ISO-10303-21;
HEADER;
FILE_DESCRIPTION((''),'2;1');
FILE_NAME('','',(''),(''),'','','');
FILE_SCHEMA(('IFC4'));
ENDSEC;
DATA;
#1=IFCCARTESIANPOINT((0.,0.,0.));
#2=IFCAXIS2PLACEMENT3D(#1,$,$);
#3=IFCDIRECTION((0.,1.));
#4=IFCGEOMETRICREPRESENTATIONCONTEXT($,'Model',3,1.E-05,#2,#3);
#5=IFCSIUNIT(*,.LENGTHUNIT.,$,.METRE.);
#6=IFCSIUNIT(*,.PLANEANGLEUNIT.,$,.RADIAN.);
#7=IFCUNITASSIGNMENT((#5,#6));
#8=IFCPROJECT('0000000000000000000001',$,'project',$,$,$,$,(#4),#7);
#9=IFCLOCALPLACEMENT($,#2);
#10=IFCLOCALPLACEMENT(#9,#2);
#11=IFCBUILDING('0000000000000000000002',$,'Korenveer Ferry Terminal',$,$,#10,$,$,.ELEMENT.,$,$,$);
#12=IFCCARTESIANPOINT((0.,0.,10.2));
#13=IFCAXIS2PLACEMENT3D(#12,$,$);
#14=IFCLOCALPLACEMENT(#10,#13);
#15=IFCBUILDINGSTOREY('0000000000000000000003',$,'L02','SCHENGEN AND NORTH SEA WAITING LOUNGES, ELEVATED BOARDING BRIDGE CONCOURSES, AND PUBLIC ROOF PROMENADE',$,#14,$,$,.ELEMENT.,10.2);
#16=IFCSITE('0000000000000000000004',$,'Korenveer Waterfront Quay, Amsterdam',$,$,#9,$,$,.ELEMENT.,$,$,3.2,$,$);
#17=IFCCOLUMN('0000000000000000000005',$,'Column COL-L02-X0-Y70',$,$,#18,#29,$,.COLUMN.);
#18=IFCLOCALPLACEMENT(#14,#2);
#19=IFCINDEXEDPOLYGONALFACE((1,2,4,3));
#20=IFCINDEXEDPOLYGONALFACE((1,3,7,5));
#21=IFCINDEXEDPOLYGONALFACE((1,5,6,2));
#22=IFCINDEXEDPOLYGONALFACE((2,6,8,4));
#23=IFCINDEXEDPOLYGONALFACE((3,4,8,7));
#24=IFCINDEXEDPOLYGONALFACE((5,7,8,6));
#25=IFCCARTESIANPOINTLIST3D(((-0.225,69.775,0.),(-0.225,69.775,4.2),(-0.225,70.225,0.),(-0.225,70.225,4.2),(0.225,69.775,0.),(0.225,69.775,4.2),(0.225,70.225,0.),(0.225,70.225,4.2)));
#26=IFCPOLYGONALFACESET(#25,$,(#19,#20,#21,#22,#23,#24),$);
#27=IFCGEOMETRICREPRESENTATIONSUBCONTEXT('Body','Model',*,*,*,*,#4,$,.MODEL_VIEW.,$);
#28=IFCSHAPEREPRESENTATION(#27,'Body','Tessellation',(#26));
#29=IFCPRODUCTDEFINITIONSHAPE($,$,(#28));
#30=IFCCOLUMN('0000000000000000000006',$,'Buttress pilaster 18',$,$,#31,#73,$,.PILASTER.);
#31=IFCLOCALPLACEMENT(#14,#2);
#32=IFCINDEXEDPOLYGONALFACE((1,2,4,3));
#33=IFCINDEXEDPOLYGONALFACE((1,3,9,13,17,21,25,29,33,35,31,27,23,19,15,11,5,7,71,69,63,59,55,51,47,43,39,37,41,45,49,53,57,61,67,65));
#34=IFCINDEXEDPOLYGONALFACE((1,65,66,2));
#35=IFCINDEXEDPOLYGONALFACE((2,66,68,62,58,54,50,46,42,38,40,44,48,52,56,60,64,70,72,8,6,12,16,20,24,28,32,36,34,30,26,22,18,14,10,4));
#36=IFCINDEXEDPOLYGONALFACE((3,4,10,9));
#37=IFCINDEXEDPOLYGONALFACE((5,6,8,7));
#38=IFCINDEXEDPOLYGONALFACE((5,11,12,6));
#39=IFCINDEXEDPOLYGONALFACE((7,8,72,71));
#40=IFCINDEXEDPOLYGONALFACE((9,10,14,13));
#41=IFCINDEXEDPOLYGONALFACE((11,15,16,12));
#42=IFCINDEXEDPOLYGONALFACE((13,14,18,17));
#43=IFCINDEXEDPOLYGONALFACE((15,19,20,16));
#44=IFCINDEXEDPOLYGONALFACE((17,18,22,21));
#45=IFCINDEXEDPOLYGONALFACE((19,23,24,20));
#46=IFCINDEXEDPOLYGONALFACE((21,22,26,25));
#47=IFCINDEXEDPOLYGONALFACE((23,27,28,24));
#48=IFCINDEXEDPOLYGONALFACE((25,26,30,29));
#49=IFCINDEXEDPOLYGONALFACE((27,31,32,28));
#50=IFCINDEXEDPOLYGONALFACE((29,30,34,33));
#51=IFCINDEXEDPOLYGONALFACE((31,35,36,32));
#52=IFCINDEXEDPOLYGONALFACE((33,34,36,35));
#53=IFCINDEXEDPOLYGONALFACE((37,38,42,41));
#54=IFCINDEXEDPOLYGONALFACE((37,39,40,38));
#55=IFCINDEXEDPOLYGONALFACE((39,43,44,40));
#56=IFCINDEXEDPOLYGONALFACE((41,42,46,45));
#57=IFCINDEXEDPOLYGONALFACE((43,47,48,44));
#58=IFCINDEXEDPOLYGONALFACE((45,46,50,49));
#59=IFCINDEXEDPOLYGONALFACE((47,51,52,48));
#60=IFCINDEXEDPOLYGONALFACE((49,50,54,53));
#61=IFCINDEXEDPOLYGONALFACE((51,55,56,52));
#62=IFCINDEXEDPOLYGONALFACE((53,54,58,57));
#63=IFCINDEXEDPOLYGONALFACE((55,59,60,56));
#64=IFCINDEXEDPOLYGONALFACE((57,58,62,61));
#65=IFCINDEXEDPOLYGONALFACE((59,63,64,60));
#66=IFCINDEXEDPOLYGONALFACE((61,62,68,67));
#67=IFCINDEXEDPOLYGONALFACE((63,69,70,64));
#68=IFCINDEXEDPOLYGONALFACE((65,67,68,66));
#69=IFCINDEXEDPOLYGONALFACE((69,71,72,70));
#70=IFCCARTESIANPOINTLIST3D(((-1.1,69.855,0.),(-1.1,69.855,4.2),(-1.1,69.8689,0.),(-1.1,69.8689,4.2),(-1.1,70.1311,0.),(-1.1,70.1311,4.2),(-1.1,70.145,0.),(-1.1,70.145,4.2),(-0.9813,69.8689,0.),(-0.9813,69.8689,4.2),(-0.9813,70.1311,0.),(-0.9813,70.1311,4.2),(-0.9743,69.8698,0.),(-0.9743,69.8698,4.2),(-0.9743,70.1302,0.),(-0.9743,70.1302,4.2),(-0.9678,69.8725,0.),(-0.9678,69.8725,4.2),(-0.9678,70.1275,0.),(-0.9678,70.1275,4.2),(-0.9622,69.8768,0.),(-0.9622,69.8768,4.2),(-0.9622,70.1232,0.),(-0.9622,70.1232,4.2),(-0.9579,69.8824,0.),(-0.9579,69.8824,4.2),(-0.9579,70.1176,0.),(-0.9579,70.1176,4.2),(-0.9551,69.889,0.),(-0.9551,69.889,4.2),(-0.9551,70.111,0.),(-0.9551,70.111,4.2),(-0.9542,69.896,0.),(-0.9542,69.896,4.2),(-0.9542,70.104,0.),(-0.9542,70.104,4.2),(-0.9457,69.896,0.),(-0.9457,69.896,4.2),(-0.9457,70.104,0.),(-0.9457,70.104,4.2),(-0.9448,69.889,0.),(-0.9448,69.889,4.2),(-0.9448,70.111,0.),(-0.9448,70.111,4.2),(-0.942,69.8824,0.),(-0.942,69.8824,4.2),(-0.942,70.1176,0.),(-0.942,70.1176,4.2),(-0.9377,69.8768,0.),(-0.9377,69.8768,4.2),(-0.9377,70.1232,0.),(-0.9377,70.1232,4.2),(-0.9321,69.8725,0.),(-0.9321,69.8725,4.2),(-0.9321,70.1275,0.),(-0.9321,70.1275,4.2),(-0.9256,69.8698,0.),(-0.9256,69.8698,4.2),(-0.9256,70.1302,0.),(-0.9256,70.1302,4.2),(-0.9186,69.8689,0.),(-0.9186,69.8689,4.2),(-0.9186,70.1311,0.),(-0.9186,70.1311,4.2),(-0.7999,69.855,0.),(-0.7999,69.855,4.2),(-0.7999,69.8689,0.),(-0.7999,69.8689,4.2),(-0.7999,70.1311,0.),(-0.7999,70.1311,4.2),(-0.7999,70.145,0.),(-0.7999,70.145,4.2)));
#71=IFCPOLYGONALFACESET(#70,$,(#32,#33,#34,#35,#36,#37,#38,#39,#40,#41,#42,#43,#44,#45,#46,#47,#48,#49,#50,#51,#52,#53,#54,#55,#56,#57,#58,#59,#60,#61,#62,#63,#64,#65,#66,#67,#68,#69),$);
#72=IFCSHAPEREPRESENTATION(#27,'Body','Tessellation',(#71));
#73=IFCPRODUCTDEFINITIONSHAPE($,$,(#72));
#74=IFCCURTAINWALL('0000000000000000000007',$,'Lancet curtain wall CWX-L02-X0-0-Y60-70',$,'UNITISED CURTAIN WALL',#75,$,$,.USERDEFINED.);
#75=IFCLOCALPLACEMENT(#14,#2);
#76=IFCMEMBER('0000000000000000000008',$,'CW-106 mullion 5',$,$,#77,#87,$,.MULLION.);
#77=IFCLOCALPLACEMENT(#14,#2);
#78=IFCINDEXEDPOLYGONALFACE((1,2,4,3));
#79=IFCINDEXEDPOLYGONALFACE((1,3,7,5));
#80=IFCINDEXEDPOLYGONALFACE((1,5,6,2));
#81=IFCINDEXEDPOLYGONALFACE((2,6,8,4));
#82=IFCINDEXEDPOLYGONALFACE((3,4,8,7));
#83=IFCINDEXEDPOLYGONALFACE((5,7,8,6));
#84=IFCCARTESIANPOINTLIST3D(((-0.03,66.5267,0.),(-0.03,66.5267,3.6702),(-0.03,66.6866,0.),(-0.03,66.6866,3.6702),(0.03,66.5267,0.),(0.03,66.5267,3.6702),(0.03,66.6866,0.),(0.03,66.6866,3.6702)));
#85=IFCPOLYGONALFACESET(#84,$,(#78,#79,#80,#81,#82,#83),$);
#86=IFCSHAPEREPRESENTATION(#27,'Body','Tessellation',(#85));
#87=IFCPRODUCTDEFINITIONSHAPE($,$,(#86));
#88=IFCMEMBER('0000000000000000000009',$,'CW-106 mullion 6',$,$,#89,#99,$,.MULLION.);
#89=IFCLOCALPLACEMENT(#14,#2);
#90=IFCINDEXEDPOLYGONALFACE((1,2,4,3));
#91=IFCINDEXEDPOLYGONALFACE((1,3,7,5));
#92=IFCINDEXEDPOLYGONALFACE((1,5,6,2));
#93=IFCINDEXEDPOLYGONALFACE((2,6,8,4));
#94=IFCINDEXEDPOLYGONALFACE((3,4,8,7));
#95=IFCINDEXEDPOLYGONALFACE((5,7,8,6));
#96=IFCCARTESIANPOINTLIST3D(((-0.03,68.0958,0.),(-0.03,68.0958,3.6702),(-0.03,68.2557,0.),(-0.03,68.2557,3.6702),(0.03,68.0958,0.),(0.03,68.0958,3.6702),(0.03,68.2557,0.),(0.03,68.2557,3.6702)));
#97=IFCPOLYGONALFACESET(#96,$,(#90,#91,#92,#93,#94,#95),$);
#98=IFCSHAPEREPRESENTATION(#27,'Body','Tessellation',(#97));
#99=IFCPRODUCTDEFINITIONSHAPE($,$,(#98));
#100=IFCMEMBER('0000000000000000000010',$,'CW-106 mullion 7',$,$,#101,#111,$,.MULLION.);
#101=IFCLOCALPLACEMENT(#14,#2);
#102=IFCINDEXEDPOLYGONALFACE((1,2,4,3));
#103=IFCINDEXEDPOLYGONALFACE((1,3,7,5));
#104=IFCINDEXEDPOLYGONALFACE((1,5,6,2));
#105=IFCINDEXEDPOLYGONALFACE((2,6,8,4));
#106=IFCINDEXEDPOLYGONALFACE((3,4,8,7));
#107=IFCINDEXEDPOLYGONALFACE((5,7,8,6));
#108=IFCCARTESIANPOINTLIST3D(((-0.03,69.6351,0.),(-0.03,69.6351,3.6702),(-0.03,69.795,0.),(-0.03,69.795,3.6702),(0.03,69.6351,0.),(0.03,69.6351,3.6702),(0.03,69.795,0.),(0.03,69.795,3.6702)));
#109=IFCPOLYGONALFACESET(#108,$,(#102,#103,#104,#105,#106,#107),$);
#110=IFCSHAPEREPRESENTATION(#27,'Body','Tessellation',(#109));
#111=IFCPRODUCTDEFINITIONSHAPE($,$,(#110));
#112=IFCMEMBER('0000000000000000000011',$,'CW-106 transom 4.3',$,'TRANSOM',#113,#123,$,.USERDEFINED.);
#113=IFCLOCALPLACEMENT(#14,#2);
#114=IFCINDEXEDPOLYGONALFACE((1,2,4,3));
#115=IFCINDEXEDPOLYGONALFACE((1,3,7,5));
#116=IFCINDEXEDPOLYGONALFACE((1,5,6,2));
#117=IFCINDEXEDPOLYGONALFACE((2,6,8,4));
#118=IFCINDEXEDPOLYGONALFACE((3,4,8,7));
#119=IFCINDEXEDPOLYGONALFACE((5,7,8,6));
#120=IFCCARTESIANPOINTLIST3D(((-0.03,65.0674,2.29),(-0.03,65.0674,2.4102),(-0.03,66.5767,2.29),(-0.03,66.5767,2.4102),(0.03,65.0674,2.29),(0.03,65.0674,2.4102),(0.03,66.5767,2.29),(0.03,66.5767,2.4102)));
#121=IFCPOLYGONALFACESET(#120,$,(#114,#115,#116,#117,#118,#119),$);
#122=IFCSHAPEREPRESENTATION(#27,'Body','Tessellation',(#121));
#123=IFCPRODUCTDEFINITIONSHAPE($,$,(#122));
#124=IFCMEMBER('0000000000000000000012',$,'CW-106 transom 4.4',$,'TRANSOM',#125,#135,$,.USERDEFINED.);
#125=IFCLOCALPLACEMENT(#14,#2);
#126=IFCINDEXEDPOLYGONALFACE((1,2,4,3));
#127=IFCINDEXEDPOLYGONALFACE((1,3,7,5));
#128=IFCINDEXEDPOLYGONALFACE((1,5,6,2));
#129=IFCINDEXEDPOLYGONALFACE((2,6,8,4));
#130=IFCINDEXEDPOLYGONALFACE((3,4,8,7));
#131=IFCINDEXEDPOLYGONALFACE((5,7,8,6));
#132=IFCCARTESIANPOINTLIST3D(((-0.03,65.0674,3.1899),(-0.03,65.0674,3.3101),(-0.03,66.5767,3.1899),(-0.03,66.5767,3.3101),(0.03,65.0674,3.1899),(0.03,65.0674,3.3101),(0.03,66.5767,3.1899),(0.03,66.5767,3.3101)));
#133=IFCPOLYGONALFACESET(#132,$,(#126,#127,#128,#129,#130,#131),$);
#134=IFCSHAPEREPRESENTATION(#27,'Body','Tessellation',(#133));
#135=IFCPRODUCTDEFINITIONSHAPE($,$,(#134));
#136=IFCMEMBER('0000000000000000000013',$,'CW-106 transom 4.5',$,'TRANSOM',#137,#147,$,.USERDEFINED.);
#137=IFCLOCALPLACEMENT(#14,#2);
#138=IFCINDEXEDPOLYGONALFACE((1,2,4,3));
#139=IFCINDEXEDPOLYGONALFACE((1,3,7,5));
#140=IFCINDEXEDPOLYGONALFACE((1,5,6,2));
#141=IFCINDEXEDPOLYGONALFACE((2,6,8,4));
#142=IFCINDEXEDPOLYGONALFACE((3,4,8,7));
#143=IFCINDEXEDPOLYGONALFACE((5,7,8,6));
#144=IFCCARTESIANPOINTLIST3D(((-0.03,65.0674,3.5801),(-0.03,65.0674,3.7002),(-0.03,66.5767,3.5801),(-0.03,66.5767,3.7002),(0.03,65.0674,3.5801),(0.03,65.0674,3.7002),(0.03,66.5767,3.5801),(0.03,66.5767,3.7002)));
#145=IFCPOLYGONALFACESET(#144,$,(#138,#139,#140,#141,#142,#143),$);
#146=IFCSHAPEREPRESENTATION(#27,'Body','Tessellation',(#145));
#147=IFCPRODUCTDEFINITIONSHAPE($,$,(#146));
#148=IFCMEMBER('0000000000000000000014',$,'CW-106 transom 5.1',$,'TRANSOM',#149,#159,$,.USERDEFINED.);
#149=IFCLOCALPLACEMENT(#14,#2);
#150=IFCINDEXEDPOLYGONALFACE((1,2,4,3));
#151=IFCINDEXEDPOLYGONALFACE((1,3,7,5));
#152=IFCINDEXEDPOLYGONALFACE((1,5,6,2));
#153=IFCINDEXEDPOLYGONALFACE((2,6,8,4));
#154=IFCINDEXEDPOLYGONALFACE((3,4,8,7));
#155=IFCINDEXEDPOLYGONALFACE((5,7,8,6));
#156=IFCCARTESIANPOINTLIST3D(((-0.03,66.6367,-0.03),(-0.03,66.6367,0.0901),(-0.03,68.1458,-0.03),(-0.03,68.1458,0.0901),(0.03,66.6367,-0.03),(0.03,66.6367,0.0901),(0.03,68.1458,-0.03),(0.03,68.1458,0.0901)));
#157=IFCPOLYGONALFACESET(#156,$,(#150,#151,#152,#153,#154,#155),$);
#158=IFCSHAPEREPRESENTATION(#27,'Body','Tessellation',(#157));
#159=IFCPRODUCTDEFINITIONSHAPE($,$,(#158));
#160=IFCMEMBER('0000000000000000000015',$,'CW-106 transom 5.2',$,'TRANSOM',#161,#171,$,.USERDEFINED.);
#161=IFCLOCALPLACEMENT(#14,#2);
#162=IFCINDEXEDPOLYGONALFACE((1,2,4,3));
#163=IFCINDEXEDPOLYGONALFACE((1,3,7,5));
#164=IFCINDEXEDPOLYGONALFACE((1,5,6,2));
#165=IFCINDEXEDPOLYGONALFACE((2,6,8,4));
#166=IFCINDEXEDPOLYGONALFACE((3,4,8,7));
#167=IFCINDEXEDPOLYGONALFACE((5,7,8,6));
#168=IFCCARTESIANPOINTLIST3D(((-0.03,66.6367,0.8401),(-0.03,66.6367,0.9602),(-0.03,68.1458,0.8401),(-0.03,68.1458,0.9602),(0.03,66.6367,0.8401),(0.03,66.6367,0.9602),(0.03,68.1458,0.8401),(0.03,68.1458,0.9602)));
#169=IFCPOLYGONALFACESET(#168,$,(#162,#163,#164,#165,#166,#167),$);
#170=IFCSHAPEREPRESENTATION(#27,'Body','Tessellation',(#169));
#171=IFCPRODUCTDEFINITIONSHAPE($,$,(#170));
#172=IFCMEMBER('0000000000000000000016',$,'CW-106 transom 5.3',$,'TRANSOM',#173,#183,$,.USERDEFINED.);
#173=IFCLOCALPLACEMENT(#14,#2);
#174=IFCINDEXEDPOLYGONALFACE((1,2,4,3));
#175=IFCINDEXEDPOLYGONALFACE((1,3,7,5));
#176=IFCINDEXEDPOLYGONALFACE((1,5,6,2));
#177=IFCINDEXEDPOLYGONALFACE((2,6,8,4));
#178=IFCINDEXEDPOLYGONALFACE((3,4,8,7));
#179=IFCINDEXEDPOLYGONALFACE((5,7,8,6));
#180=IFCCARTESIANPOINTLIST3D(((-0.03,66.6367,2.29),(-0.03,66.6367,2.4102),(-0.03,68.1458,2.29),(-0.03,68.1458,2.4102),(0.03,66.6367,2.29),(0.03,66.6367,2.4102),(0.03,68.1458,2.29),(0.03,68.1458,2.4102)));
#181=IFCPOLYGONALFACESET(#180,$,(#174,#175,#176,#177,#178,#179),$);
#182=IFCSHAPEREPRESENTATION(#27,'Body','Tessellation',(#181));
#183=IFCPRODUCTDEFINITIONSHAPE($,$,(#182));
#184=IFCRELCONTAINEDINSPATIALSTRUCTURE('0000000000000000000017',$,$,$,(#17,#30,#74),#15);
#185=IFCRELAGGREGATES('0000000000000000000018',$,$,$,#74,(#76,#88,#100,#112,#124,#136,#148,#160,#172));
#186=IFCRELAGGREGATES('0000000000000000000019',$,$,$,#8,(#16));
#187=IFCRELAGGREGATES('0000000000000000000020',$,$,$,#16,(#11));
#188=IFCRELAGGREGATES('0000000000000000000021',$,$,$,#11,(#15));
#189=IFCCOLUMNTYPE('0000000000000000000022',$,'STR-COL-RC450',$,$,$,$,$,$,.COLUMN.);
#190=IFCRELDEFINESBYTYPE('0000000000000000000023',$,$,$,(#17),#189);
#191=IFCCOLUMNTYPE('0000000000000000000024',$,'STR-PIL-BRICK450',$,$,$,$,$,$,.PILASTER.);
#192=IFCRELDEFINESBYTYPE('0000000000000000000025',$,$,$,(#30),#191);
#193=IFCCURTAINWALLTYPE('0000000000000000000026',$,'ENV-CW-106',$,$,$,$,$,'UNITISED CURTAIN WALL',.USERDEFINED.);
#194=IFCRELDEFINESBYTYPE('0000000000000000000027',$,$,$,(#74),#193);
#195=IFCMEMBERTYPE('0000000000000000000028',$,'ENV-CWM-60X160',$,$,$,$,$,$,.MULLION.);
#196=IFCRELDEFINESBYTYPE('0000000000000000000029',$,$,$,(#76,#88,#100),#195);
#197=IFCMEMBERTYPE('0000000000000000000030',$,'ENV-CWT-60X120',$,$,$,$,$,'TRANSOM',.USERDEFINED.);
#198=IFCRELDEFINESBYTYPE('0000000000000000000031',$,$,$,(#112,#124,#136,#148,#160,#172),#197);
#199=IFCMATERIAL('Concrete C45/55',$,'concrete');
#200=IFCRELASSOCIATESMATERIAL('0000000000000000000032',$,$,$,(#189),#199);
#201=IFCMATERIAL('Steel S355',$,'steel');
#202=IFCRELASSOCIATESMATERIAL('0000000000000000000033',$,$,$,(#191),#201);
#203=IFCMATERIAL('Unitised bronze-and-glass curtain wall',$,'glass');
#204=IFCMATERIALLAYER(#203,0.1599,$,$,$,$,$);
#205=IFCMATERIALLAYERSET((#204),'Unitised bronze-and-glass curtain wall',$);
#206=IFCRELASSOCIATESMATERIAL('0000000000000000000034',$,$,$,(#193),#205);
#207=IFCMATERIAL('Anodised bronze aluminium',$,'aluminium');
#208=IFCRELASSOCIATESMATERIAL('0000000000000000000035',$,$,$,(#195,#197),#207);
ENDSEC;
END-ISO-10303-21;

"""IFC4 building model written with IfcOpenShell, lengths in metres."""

from ifc_helpers import new_model, si_unit, direction, frame, origin, origin_2d, place, context, subcontext, project, spatial, rectangle, i_section, extrude, material, layer, layer_set, material_profile, profile_set, type_object, element, aggregate, save


model = new_model("IFC4")

# Units and contexts
model_context = context("Model", 3, precision=1e-05, world=origin(), true_north=direction((0.0, 1.0)))
body_context = subcontext(model_context, "Body", "Model", "MODEL_VIEW")
ifc_project = project(units=[si_unit("LENGTHUNIT", "METRE"), si_unit("PLANEANGLEUNIT", "RADIAN")], contexts=[model_context])

# Site, building, storey
site_placement = place(None, origin())
site = spatial("IfcSite", under=ifc_project, at=site_placement, Name="Korenveer Waterfront Quay, Amsterdam", CompositionType="ELEMENT", RefElevation=3.2)
building_placement = place(site_placement, origin())
building = spatial("IfcBuilding", under=site, at=building_placement, Name="Korenveer Ferry Terminal", CompositionType="ELEMENT")
storey_placement = place(building_placement, frame((0.0, 0.0, 10.2)))
storey = spatial("IfcBuildingStorey", under=building, at=storey_placement, Name="L02", Description="SCHENGEN AND NORTH SEA WAITING LOUNGES, ELEVATED BOARDING BRIDGE CONCOURSES, AND PUBLIC ROOF PROMENADE", CompositionType="ELEMENT", Elevation=10.2)

# Columns
ifc_material_1 = material(Name="Concrete C45/55", Category="concrete")
ifc_material_profile_1 = material_profile(ifc_material_1, rectangle(XDim=0.45, YDim=0.45, at=origin_2d()), Name="RC 450x450")
ifc_profile_set_1 = profile_set([ifc_material_profile_1], Name="Concrete C45/55")
column_type_1 = type_object("IfcColumnType", Name="STR-COL-RC450", PredefinedType="COLUMN", material=ifc_profile_set_1)
column_1_placement = place(storey_placement, frame((0.0, 70.0, 0.0), z_axis=(0.0, 0.0, 1.0), x_axis=(1.0, 0.0, 0.0)))
element("IfcColumn", 1, at=column_1_placement, inside=storey, type_object=column_type_1, Name="Column COL-L02-X0-Y70", PredefinedType="COLUMN", context=body_context, shape_type="SweptSolid", body=[
    extrude(rectangle(XDim=0.45, YDim=0.45, at=origin_2d()), origin(), (0.0, 0.0, 1.0), 4.2),
])
ifc_material_2 = material(Name="Steel S355", Category="steel")
ifc_material_profile_2 = material_profile(ifc_material_2, i_section(OverallWidth=0.3, OverallDepth=0.29, WebThickness=0.0085, FlangeThickness=0.0139, FilletRadius=0.0271, at=origin_2d()), Name="HEA 300")
ifc_profile_set_2 = profile_set([ifc_material_profile_2], Name="Steel S355")
column_type_2 = type_object("IfcColumnType", Name="STR-PIL-BRICK450", PredefinedType="PILASTER", material=ifc_profile_set_2)
column_2_placement = place(storey_placement, frame((-0.95, 70.0, 0.0), z_axis=(0.0, 0.0, 1.0), x_axis=(1.0, 0.0, 0.0)))
element("IfcColumn", 2, at=column_2_placement, inside=storey, type_object=column_type_2, Name="Buttress pilaster 18", PredefinedType="PILASTER", context=body_context, shape_type="SweptSolid", body=[
    extrude(i_section(OverallWidth=0.3, OverallDepth=0.29, WebThickness=0.0085, FlangeThickness=0.0139, FilletRadius=0.0271, at=origin_2d()), origin(), (0.0, 0.0, 1.0), 4.2),
])

# Curtain wall, members
ifc_material_3 = material(Name="Unitised bronze-and-glass curtain wall", Category="glass")
ifc_layer_1 = layer(ifc_material_3, 0.1599)
ifc_layer_set_1 = layer_set([ifc_layer_1], Name="Unitised bronze-and-glass curtain wall")
curtain_wall_type = type_object("IfcCurtainWallType", Name="ENV-CW-106", ElementType="UNITISED CURTAIN WALL", PredefinedType="USERDEFINED", material=ifc_layer_set_1)
curtain_wall_placement = place(storey_placement, frame((0.0, 60.3301, 0.0)))
curtain_wall = element("IfcCurtainWall", 3, at=curtain_wall_placement, inside=storey, type_object=curtain_wall_type, Name="Lancet curtain wall CWX-L02-X0-0-Y60-70", ObjectType="UNITISED CURTAIN WALL", PredefinedType="USERDEFINED")
ifc_material_4 = material(Name="Anodised bronze aluminium", Category="aluminium")
ifc_material_profile_3 = material_profile(ifc_material_4, rectangle(XDim=0.0601, YDim=0.1599, at=origin_2d()), Name="ALU 60x160")
ifc_profile_set_3 = profile_set([ifc_material_profile_3], Name="Anodised bronze aluminium")
member_type_1 = type_object("IfcMemberType", Name="ENV-CWM-60X160", PredefinedType="MULLION", material=ifc_profile_set_3)
member_1_placement = place(storey_placement, frame((0.0, 66.6067, 0.0), z_axis=(0.0, 0.0, 1.0), x_axis=(-1.0, 0.0, 0.0)))
member_1 = element("IfcMember", 4, at=member_1_placement, type_object=member_type_1, Name="CW-106 mullion 5", PredefinedType="MULLION", context=body_context, shape_type="SweptSolid", body=[
    extrude(rectangle(XDim=0.0601, YDim=0.1599, at=origin_2d()), origin(), (0.0, 0.0, 1.0), 3.6702),
])
member_2_placement = place(storey_placement, frame((0.0, 68.1758, 0.0), z_axis=(0.0, 0.0, 1.0), x_axis=(-1.0, 0.0, 0.0)))
member_2 = element("IfcMember", 5, at=member_2_placement, type_object=member_type_1, Name="CW-106 mullion 6", PredefinedType="MULLION", context=body_context, shape_type="SweptSolid", body=[
    extrude(rectangle(XDim=0.0601, YDim=0.1599, at=origin_2d()), origin(), (0.0, 0.0, 1.0), 3.6702),
])
member_3_placement = place(storey_placement, frame((0.0, 69.7151, 0.0), z_axis=(0.0, 0.0, 1.0), x_axis=(-1.0, 0.0, 0.0)))
member_3 = element("IfcMember", 6, at=member_3_placement, type_object=member_type_1, Name="CW-106 mullion 7", PredefinedType="MULLION", context=body_context, shape_type="SweptSolid", body=[
    extrude(rectangle(XDim=0.0601, YDim=0.1599, at=origin_2d()), origin(), (0.0, 0.0, 1.0), 3.6702),
])
ifc_material_profile_4 = material_profile(ifc_material_4, rectangle(XDim=0.0601, YDim=0.1201, at=origin_2d()), Name="ALU 60x120")
ifc_profile_set_4 = profile_set([ifc_material_profile_4], Name="Anodised bronze aluminium")
member_type_2 = type_object("IfcMemberType", Name="ENV-CWT-60X120", ElementType="TRANSOM", PredefinedType="USERDEFINED", material=ifc_profile_set_4)
member_4_placement = place(storey_placement, frame((0.0, 65.0674, 2.3501), z_axis=(0.0, 1.0, 0.0), x_axis=(-1.0, 0.0, 0.0)))
member_4 = element("IfcMember", 7, at=member_4_placement, type_object=member_type_2, Name="CW-106 transom 4.3", ObjectType="TRANSOM", PredefinedType="USERDEFINED", context=body_context, shape_type="SweptSolid", body=[
    extrude(rectangle(XDim=0.0601, YDim=0.1201, at=origin_2d()), origin(), (0.0, 0.0, 1.0), 1.5093),
])
member_5_placement = place(storey_placement, frame((0.0, 65.0674, 3.25), z_axis=(0.0, 1.0, 0.0), x_axis=(-1.0, 0.0, 0.0)))
member_5 = element("IfcMember", 8, at=member_5_placement, type_object=member_type_2, Name="CW-106 transom 4.4", ObjectType="TRANSOM", PredefinedType="USERDEFINED", context=body_context, shape_type="SweptSolid", body=[
    extrude(rectangle(XDim=0.0601, YDim=0.1201, at=origin_2d()), origin(), (0.0, 0.0, 1.0), 1.5093),
])
member_6_placement = place(storey_placement, frame((0.0, 65.0674, 3.6401), z_axis=(0.0, 1.0, 0.0), x_axis=(-1.0, 0.0, 0.0)))
member_6 = element("IfcMember", 9, at=member_6_placement, type_object=member_type_2, Name="CW-106 transom 4.5", ObjectType="TRANSOM", PredefinedType="USERDEFINED", context=body_context, shape_type="SweptSolid", body=[
    extrude(rectangle(XDim=0.0601, YDim=0.1201, at=origin_2d()), origin(), (0.0, 0.0, 1.0), 1.5093),
])
member_7_placement = place(storey_placement, frame((0.0, 66.6367, 0.03), z_axis=(0.0, 1.0, 0.0), x_axis=(-1.0, 0.0, 0.0)))
member_7 = element("IfcMember", 10, at=member_7_placement, type_object=member_type_2, Name="CW-106 transom 5.1", ObjectType="TRANSOM", PredefinedType="USERDEFINED", context=body_context, shape_type="SweptSolid", body=[
    extrude(rectangle(XDim=0.0601, YDim=0.1201, at=origin_2d()), origin(), (0.0, 0.0, 1.0), 1.509),
])
member_8_placement = place(storey_placement, frame((0.0, 66.6367, 0.9001), z_axis=(0.0, 1.0, 0.0), x_axis=(-1.0, 0.0, 0.0)))
member_8 = element("IfcMember", 11, at=member_8_placement, type_object=member_type_2, Name="CW-106 transom 5.2", ObjectType="TRANSOM", PredefinedType="USERDEFINED", context=body_context, shape_type="SweptSolid", body=[
    extrude(rectangle(XDim=0.0601, YDim=0.1201, at=origin_2d()), origin(), (0.0, 0.0, 1.0), 1.509),
])
member_9_placement = place(storey_placement, frame((0.0, 66.6367, 2.3501), z_axis=(0.0, 1.0, 0.0), x_axis=(-1.0, 0.0, 0.0)))
member_9 = element("IfcMember", 12, at=member_9_placement, type_object=member_type_2, Name="CW-106 transom 5.3", ObjectType="TRANSOM", PredefinedType="USERDEFINED", context=body_context, shape_type="SweptSolid", body=[
    extrude(rectangle(XDim=0.0601, YDim=0.1201, at=origin_2d()), origin(), (0.0, 0.0, 1.0), 1.509),
])

aggregate(curtain_wall, [member_1, member_2, member_3, member_4, member_5, member_6, member_7, member_8, member_9])

save(model, "model.ifc")
